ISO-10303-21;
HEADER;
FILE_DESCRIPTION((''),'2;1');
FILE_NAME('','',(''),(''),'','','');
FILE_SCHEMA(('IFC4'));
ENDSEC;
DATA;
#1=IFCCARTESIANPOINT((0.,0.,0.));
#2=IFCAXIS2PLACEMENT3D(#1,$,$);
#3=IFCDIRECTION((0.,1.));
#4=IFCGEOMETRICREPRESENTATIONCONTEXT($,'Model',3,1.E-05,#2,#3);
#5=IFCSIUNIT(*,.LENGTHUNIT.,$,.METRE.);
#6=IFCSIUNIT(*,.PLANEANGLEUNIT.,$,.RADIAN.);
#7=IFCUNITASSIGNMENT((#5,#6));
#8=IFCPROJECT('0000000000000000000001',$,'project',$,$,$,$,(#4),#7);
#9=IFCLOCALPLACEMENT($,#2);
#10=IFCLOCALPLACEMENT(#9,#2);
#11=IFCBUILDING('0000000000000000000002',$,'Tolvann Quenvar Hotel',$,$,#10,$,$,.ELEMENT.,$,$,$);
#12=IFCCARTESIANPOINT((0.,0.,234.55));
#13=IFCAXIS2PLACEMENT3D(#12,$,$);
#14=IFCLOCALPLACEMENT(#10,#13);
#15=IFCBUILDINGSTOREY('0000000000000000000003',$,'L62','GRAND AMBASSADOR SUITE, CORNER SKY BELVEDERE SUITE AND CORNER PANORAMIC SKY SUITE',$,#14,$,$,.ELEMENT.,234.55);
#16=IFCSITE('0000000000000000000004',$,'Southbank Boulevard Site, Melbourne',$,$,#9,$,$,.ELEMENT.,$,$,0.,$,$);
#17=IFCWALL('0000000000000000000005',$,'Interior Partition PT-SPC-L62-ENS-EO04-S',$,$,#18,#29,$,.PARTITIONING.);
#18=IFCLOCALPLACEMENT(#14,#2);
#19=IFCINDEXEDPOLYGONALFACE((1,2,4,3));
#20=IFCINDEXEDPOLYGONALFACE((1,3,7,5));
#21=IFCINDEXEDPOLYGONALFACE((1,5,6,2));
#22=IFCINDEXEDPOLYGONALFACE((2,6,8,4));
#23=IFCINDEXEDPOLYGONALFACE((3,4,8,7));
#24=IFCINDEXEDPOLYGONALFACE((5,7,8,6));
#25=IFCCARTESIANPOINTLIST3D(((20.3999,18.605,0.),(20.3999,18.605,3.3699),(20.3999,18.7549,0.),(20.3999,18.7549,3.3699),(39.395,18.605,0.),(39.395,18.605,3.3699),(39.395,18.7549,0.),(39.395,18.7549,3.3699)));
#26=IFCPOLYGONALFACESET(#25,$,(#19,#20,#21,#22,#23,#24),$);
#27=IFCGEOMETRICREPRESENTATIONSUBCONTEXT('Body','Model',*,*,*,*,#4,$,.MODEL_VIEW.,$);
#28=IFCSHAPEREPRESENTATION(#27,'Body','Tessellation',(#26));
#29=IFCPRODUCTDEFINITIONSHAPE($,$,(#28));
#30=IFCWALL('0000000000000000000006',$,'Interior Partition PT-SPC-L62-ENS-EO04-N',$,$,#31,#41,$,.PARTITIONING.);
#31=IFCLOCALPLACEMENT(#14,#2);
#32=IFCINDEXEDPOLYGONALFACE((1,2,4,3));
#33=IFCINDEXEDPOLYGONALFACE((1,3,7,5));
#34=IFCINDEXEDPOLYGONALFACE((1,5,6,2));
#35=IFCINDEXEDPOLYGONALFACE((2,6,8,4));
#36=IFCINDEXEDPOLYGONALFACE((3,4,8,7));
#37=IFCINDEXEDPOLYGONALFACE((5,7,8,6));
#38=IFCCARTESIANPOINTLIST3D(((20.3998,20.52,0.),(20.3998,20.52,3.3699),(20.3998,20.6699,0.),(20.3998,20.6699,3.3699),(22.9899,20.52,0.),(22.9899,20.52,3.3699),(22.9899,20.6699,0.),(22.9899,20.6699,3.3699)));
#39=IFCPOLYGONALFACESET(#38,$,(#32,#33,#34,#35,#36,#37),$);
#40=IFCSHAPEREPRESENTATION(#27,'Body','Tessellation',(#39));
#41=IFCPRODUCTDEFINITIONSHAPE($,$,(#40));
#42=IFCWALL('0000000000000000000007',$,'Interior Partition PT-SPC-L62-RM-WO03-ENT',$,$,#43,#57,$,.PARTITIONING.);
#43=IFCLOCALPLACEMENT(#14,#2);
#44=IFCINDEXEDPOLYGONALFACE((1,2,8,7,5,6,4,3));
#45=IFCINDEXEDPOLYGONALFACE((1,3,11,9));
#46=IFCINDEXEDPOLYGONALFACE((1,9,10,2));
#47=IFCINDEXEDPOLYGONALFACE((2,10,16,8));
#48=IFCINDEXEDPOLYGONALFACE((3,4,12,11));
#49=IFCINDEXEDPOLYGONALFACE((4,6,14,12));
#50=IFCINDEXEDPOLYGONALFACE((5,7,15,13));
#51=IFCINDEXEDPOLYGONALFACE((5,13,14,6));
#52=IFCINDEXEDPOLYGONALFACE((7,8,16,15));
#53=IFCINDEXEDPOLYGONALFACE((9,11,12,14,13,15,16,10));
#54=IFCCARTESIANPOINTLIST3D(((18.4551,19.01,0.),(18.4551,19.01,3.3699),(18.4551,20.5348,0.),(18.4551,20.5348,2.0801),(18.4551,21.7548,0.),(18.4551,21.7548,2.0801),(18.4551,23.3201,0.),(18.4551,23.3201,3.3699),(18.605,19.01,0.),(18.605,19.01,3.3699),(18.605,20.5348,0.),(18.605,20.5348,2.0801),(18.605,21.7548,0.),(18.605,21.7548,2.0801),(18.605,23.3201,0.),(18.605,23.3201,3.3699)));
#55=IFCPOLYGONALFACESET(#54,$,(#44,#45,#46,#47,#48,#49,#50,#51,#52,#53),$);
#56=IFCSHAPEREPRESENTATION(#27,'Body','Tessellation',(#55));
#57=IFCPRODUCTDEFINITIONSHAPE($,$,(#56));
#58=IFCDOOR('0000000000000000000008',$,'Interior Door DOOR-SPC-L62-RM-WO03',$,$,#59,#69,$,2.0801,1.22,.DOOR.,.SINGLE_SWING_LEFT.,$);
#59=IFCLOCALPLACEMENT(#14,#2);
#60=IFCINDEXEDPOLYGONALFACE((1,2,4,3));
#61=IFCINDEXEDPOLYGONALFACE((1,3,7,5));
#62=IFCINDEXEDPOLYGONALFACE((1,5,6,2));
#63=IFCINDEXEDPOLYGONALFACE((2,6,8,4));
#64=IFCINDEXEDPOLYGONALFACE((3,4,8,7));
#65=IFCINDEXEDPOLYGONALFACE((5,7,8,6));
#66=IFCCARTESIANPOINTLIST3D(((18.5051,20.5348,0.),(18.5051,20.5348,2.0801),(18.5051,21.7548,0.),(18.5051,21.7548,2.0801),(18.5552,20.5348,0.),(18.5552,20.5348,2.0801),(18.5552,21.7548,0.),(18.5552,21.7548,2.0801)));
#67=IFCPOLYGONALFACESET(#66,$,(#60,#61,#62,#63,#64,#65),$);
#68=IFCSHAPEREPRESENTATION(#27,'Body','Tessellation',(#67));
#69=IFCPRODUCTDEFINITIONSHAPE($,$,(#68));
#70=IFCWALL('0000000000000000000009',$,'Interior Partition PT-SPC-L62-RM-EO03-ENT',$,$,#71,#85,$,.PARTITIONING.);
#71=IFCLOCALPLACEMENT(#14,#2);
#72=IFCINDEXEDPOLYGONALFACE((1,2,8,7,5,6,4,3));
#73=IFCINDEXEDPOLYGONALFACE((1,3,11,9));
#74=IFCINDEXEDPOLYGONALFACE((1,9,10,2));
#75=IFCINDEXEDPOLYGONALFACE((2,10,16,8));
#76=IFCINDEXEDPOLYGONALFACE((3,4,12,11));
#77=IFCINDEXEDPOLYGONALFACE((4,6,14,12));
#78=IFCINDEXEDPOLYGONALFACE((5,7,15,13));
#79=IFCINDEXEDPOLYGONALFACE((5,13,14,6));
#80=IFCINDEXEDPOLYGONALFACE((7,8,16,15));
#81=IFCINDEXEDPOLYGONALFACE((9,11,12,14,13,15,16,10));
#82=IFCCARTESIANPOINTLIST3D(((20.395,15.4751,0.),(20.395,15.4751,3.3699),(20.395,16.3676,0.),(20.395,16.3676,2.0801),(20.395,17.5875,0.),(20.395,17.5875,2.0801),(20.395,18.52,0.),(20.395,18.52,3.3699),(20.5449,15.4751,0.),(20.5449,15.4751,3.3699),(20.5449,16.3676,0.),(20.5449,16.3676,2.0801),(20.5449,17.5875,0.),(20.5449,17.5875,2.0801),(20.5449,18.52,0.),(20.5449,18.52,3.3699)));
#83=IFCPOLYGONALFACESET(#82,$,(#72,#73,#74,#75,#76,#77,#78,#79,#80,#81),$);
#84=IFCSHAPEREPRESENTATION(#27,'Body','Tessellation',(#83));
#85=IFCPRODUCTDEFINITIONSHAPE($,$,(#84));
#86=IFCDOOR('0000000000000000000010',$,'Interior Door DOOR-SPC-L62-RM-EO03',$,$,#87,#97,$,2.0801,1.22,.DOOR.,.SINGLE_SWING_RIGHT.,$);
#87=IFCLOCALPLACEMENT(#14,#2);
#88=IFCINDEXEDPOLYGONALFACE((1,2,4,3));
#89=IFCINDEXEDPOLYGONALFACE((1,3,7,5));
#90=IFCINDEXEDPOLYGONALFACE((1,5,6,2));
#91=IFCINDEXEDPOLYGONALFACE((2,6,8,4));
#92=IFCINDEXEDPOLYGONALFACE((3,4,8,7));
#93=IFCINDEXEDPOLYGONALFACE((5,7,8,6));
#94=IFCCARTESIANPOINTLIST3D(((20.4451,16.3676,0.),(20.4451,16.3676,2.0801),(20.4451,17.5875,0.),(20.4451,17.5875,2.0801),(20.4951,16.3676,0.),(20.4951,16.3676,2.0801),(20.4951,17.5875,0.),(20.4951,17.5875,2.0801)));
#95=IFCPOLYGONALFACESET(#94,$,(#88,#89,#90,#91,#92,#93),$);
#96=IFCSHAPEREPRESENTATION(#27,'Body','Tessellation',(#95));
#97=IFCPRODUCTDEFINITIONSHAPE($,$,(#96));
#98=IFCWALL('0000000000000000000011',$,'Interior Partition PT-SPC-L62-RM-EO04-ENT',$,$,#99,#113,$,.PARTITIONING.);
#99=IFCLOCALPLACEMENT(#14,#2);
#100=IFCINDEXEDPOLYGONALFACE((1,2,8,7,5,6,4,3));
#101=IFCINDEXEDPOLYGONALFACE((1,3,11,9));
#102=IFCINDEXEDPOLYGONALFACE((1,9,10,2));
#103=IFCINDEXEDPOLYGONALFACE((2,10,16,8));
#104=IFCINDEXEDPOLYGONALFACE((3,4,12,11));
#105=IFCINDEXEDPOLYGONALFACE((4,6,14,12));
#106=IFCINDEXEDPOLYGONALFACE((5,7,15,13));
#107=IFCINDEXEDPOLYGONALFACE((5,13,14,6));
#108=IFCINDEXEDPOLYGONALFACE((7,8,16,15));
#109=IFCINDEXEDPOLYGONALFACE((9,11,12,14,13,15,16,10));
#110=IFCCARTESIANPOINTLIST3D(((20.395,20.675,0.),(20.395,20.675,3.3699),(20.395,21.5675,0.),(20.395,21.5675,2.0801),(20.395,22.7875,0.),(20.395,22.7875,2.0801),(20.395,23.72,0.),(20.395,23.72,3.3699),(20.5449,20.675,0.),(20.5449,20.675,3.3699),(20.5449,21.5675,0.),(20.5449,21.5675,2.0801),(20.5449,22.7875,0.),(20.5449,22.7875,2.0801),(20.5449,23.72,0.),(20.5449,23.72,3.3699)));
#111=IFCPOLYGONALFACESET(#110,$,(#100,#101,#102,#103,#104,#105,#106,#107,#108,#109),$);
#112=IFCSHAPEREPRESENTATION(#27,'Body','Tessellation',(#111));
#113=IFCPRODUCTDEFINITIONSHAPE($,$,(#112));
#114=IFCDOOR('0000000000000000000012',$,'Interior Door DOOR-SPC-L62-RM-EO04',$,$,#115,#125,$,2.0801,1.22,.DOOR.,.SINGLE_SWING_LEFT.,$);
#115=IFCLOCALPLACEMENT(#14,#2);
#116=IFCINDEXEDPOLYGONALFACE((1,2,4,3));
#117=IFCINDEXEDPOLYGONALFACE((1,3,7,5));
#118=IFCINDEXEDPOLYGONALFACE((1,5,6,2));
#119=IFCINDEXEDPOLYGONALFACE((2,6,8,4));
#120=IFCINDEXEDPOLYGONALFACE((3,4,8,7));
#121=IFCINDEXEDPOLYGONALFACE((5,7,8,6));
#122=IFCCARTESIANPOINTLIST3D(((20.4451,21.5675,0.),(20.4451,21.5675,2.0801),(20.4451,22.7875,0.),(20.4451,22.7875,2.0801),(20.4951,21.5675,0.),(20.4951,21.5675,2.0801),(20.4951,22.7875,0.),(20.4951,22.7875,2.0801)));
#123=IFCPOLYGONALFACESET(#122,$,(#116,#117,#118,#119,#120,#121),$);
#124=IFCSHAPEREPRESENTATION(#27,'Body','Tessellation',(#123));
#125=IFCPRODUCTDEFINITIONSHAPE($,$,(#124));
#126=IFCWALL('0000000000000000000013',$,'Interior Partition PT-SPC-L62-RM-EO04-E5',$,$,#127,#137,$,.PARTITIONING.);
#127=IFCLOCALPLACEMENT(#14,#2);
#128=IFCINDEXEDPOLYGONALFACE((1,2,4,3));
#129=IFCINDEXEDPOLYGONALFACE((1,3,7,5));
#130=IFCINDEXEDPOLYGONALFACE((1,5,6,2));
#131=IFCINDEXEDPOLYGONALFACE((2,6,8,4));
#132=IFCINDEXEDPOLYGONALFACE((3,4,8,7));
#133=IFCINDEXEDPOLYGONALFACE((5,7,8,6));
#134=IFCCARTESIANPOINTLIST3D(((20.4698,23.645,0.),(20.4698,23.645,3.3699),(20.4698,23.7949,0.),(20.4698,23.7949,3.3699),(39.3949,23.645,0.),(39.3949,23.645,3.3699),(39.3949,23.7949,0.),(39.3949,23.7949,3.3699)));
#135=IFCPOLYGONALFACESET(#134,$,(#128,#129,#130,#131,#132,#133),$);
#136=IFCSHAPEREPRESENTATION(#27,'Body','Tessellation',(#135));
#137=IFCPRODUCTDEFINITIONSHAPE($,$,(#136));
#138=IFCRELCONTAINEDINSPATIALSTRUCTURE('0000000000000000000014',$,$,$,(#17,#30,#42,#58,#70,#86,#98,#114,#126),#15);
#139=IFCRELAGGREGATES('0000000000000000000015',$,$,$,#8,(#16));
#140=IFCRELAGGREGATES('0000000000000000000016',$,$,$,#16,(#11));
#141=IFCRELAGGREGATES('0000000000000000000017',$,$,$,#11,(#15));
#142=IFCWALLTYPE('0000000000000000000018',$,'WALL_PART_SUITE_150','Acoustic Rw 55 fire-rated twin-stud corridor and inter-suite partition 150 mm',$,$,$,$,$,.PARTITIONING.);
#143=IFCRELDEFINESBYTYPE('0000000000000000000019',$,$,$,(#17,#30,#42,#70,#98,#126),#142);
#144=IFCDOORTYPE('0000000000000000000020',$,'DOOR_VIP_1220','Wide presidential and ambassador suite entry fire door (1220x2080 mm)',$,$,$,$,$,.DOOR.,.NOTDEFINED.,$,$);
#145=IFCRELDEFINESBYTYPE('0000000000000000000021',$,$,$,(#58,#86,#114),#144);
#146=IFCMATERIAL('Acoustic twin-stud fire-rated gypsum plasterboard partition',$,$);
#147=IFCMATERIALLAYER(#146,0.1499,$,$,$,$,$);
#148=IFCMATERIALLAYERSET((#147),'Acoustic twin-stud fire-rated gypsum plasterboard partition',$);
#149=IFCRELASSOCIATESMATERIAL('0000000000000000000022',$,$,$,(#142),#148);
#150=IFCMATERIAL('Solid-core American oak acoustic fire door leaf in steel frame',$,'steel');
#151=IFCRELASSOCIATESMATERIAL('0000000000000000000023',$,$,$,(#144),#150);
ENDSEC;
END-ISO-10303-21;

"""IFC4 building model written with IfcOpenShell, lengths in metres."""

from ifc_helpers import new_model, si_unit, direction, frame, frame_2d, origin, place, context, subcontext, project, spatial, rectangle, extrude, source, transform, mapped, material, layer, layer_set, type_object, type_shapes, element, fill, save


model = new_model("IFC4")

# Units and contexts
model_context = context("Model", 3, precision=1e-05, world=origin(), true_north=direction((0.0, 1.0)))
body_context = subcontext(model_context, "Body", "Model", "MODEL_VIEW")
ifc_project = project(units=[si_unit("LENGTHUNIT", "METRE"), si_unit("PLANEANGLEUNIT", "RADIAN")], contexts=[model_context])

# Site, building, storey
site_placement = place(None, origin())
site = spatial("IfcSite", under=ifc_project, at=site_placement, Name="Southbank Boulevard Site, Melbourne", CompositionType="ELEMENT", RefElevation=0.0)
building_placement = place(site_placement, origin())
building = spatial("IfcBuilding", under=site, at=building_placement, Name="Tolvann Quenvar Hotel", CompositionType="ELEMENT")
storey_placement = place(building_placement, frame((0.0, 0.0, 234.55)))
storey = spatial("IfcBuildingStorey", under=building, at=storey_placement, Name="L62", Description="GRAND AMBASSADOR SUITE, CORNER SKY BELVEDERE SUITE AND CORNER PANORAMIC SKY SUITE", CompositionType="ELEMENT", Elevation=234.55)

# Shared definitions
ifc_material_1 = material(Name="Acoustic twin-stud fire-rated gypsum plasterboard partition")
ifc_layer_1 = layer(ifc_material_1, 0.1499)
ifc_layer_set_1 = layer_set([ifc_layer_1], Name="Acoustic twin-stud fire-rated gypsum plasterboard partition")
wall_type_1 = type_object("IfcWallType", Name="WALL_PART_SUITE_150", Description="Acoustic Rw 55 fire-rated twin-stud corridor and inter-suite partition 150 mm", PredefinedType="PARTITIONING", material=ifc_layer_set_1)
ifc_material_2 = material(Name="Solid-core American oak acoustic fire door leaf in steel frame", Category="steel")

# Walls
wall_1_placement = place(storey_placement, frame((20.3999, 18.6799, 0.0), z_axis=(0.0, 0.0, 1.0), x_axis=(1.0, 0.0, 0.0)))
element("IfcWall", 1, at=wall_1_placement, inside=storey, type_object=wall_type_1, Name="Interior Partition PT-SPC-L62-ENS-EO04-S", PredefinedType="PARTITIONING", context=body_context, shape_type="SweptSolid", body=[
    extrude(rectangle(XDim=18.9951, YDim=0.1499, at=frame_2d((9.4976, 0.0))), origin(), (0.0, 0.0, 1.0), 3.3699),
])
wall_2_placement = place(storey_placement, frame((20.3999, 20.595, 0.0), z_axis=(0.0, 0.0, 1.0), x_axis=(1.0, 0.0, 0.0)))
element("IfcWall", 2, at=wall_2_placement, inside=storey, type_object=wall_type_1, Name="Interior Partition PT-SPC-L62-ENS-EO04-N", PredefinedType="PARTITIONING", context=body_context, shape_type="SweptSolid", body=[
    extrude(rectangle(XDim=2.5901, YDim=0.1499, at=frame_2d((1.2949, 0.0))), origin(), (0.0, 0.0, 1.0), 3.3699),
])

# Walls, openings, doors
wall_3_placement = place(storey_placement, frame((18.53, 19.01, 0.0), z_axis=(0.0, 0.0, 1.0), x_axis=(0.0, 1.0, 0.0)))
wall_3 = element("IfcWall", 3, at=wall_3_placement, inside=storey, type_object=wall_type_1, Name="Interior Partition PT-SPC-L62-RM-WO03-ENT", PredefinedType="PARTITIONING", context=body_context, shape_type="SweptSolid", body=[
    extrude(rectangle(XDim=4.3101, YDim=0.1499, at=frame_2d((2.155, 0.0))), origin(), (0.0, 0.0, 1.0), 3.3699),
])
opening_1_placement = place(wall_3_placement, frame((1.5249, 0.0, 0.0)))
opening_1 = element("IfcOpeningElement", 4, at=opening_1_placement, cuts=wall_3, PredefinedType="OPENING", context=body_context, shape_type="SweptSolid", body=[
    extrude(rectangle(XDim=1.22, YDim=2.0801, at=frame_2d((0.6099, 1.04))), frame((0.0, 0.085, 0.0), z_axis=(0.0, -1.0, 0.0), x_axis=(1.0, 0.0, 0.0)), (0.0, 0.0, 1.0), 0.1699),
])
door_type_1 = type_object("IfcDoorType", Name="DOOR_VIP_1220", Description="Wide presidential and ambassador suite entry fire door (1220x2080 mm)", OperationType="NOTDEFINED", PredefinedType="DOOR", material=ifc_material_2)
shared_shape_1 = source(origin(), body_context, "Body", "SweptSolid", [
    extrude(rectangle(XDim=1.22, YDim=2.0801, at=frame_2d((0.6099, 1.04))), frame((0.0, 0.0249, 0.0), z_axis=(0.0, -1.0, 0.0), x_axis=(1.0, 0.0, 0.0)), (0.0, 0.0, 1.0), 0.05),
])
type_shapes(door_type_1, [shared_shape_1])
door_1_placement = place(opening_1_placement, origin())
door_1 = element("IfcDoor", 5, at=door_1_placement, inside=storey, type_object=door_type_1, Name="Interior Door DOOR-SPC-L62-RM-WO03", OperationType="SINGLE_SWING_LEFT", OverallHeight=2.0801, OverallWidth=1.22, PredefinedType="DOOR", context=body_context, shape_type="MappedRepresentation", body=[
    mapped(shared_shape_1, transform((0.0, 0.0, 0.0), x_axis=(1.0, 0.0, 0.0), y_axis=(0.0, 1.0, 0.0), z_axis=(0.0, 0.0, 1.0), scale=1.0)),
])
fill(opening_1, door_1)
wall_4_placement = place(storey_placement, frame((20.47, 15.4751, 0.0), z_axis=(0.0, 0.0, 1.0), x_axis=(0.0, 1.0, 0.0)))
wall_4 = element("IfcWall", 6, at=wall_4_placement, inside=storey, type_object=wall_type_1, Name="Interior Partition PT-SPC-L62-RM-EO03-ENT", PredefinedType="PARTITIONING", context=body_context, shape_type="SweptSolid", body=[
    extrude(rectangle(XDim=3.0449, YDim=0.1499, at=frame_2d((1.5225, 0.0))), origin(), (0.0, 0.0, 1.0), 3.3699),
])
opening_2_placement = place(wall_4_placement, frame((0.8926, 0.0, 0.0)))
opening_2 = element("IfcOpeningElement", 7, at=opening_2_placement, cuts=wall_4, PredefinedType="OPENING", context=body_context, shape_type="SweptSolid", body=[
    extrude(rectangle(XDim=1.22, YDim=2.0801, at=frame_2d((0.6099, 1.04))), frame((0.0, 0.085, 0.0), z_axis=(0.0, -1.0, 0.0), x_axis=(1.0, 0.0, 0.0)), (0.0, 0.0, 1.0), 0.1699),
])
door_2_placement = place(opening_2_placement, origin())
door_2 = element("IfcDoor", 8, at=door_2_placement, inside=storey, type_object=door_type_1, Name="Interior Door DOOR-SPC-L62-RM-EO03", OperationType="SINGLE_SWING_RIGHT", OverallHeight=2.0801, OverallWidth=1.22, PredefinedType="DOOR", context=body_context, shape_type="MappedRepresentation", body=[
    mapped(shared_shape_1, transform((0.0, 0.0, 0.0), x_axis=(1.0, 0.0, 0.0), y_axis=(0.0, 1.0, 0.0), z_axis=(0.0, 0.0, 1.0), scale=1.0)),
])
fill(opening_2, door_2)
wall_5_placement = place(storey_placement, frame((20.47, 20.675, 0.0), z_axis=(0.0, 0.0, 1.0), x_axis=(0.0, 1.0, 0.0)))
wall_5 = element("IfcWall", 9, at=wall_5_placement, inside=storey, type_object=wall_type_1, Name="Interior Partition PT-SPC-L62-RM-EO04-ENT", PredefinedType="PARTITIONING", context=body_context, shape_type="SweptSolid", body=[
    extrude(rectangle(XDim=3.0449, YDim=0.1499, at=frame_2d((1.5225, 0.0))), origin(), (0.0, 0.0, 1.0), 3.3699),
])
opening_3_placement = place(wall_5_placement, frame((0.8926, 0.0, 0.0)))
opening_3 = element("IfcOpeningElement", 10, at=opening_3_placement, cuts=wall_5, PredefinedType="OPENING", context=body_context, shape_type="SweptSolid", body=[
    extrude(rectangle(XDim=1.22, YDim=2.0801, at=frame_2d((0.6099, 1.04))), frame((0.0, 0.085, 0.0), z_axis=(0.0, -1.0, 0.0), x_axis=(1.0, 0.0, 0.0)), (0.0, 0.0, 1.0), 0.1699),
])
door_3_placement = place(opening_3_placement, origin())
door_3 = element("IfcDoor", 11, at=door_3_placement, inside=storey, type_object=door_type_1, Name="Interior Door DOOR-SPC-L62-RM-EO04", OperationType="SINGLE_SWING_LEFT", OverallHeight=2.0801, OverallWidth=1.22, PredefinedType="DOOR", context=body_context, shape_type="MappedRepresentation", body=[
    mapped(shared_shape_1, transform((0.0, 0.0, 0.0), x_axis=(1.0, 0.0, 0.0), y_axis=(0.0, 1.0, 0.0), z_axis=(0.0, 0.0, 1.0), scale=1.0)),
])
fill(opening_3, door_3)

# Wall
wall_6_placement = place(storey_placement, frame((20.47, 23.72, 0.0), z_axis=(0.0, 0.0, 1.0), x_axis=(1.0, 0.0, 0.0)))
element("IfcWall", 12, at=wall_6_placement, inside=storey, type_object=wall_type_1, Name="Interior Partition PT-SPC-L62-RM-EO04-E5", PredefinedType="PARTITIONING", context=body_context, shape_type="SweptSolid", body=[
    extrude(rectangle(XDim=18.925, YDim=0.1499, at=frame_2d((9.4624, 0.0))), origin(), (0.0, 0.0, 1.0), 3.3699),
])

save(model, "model.ifc")
